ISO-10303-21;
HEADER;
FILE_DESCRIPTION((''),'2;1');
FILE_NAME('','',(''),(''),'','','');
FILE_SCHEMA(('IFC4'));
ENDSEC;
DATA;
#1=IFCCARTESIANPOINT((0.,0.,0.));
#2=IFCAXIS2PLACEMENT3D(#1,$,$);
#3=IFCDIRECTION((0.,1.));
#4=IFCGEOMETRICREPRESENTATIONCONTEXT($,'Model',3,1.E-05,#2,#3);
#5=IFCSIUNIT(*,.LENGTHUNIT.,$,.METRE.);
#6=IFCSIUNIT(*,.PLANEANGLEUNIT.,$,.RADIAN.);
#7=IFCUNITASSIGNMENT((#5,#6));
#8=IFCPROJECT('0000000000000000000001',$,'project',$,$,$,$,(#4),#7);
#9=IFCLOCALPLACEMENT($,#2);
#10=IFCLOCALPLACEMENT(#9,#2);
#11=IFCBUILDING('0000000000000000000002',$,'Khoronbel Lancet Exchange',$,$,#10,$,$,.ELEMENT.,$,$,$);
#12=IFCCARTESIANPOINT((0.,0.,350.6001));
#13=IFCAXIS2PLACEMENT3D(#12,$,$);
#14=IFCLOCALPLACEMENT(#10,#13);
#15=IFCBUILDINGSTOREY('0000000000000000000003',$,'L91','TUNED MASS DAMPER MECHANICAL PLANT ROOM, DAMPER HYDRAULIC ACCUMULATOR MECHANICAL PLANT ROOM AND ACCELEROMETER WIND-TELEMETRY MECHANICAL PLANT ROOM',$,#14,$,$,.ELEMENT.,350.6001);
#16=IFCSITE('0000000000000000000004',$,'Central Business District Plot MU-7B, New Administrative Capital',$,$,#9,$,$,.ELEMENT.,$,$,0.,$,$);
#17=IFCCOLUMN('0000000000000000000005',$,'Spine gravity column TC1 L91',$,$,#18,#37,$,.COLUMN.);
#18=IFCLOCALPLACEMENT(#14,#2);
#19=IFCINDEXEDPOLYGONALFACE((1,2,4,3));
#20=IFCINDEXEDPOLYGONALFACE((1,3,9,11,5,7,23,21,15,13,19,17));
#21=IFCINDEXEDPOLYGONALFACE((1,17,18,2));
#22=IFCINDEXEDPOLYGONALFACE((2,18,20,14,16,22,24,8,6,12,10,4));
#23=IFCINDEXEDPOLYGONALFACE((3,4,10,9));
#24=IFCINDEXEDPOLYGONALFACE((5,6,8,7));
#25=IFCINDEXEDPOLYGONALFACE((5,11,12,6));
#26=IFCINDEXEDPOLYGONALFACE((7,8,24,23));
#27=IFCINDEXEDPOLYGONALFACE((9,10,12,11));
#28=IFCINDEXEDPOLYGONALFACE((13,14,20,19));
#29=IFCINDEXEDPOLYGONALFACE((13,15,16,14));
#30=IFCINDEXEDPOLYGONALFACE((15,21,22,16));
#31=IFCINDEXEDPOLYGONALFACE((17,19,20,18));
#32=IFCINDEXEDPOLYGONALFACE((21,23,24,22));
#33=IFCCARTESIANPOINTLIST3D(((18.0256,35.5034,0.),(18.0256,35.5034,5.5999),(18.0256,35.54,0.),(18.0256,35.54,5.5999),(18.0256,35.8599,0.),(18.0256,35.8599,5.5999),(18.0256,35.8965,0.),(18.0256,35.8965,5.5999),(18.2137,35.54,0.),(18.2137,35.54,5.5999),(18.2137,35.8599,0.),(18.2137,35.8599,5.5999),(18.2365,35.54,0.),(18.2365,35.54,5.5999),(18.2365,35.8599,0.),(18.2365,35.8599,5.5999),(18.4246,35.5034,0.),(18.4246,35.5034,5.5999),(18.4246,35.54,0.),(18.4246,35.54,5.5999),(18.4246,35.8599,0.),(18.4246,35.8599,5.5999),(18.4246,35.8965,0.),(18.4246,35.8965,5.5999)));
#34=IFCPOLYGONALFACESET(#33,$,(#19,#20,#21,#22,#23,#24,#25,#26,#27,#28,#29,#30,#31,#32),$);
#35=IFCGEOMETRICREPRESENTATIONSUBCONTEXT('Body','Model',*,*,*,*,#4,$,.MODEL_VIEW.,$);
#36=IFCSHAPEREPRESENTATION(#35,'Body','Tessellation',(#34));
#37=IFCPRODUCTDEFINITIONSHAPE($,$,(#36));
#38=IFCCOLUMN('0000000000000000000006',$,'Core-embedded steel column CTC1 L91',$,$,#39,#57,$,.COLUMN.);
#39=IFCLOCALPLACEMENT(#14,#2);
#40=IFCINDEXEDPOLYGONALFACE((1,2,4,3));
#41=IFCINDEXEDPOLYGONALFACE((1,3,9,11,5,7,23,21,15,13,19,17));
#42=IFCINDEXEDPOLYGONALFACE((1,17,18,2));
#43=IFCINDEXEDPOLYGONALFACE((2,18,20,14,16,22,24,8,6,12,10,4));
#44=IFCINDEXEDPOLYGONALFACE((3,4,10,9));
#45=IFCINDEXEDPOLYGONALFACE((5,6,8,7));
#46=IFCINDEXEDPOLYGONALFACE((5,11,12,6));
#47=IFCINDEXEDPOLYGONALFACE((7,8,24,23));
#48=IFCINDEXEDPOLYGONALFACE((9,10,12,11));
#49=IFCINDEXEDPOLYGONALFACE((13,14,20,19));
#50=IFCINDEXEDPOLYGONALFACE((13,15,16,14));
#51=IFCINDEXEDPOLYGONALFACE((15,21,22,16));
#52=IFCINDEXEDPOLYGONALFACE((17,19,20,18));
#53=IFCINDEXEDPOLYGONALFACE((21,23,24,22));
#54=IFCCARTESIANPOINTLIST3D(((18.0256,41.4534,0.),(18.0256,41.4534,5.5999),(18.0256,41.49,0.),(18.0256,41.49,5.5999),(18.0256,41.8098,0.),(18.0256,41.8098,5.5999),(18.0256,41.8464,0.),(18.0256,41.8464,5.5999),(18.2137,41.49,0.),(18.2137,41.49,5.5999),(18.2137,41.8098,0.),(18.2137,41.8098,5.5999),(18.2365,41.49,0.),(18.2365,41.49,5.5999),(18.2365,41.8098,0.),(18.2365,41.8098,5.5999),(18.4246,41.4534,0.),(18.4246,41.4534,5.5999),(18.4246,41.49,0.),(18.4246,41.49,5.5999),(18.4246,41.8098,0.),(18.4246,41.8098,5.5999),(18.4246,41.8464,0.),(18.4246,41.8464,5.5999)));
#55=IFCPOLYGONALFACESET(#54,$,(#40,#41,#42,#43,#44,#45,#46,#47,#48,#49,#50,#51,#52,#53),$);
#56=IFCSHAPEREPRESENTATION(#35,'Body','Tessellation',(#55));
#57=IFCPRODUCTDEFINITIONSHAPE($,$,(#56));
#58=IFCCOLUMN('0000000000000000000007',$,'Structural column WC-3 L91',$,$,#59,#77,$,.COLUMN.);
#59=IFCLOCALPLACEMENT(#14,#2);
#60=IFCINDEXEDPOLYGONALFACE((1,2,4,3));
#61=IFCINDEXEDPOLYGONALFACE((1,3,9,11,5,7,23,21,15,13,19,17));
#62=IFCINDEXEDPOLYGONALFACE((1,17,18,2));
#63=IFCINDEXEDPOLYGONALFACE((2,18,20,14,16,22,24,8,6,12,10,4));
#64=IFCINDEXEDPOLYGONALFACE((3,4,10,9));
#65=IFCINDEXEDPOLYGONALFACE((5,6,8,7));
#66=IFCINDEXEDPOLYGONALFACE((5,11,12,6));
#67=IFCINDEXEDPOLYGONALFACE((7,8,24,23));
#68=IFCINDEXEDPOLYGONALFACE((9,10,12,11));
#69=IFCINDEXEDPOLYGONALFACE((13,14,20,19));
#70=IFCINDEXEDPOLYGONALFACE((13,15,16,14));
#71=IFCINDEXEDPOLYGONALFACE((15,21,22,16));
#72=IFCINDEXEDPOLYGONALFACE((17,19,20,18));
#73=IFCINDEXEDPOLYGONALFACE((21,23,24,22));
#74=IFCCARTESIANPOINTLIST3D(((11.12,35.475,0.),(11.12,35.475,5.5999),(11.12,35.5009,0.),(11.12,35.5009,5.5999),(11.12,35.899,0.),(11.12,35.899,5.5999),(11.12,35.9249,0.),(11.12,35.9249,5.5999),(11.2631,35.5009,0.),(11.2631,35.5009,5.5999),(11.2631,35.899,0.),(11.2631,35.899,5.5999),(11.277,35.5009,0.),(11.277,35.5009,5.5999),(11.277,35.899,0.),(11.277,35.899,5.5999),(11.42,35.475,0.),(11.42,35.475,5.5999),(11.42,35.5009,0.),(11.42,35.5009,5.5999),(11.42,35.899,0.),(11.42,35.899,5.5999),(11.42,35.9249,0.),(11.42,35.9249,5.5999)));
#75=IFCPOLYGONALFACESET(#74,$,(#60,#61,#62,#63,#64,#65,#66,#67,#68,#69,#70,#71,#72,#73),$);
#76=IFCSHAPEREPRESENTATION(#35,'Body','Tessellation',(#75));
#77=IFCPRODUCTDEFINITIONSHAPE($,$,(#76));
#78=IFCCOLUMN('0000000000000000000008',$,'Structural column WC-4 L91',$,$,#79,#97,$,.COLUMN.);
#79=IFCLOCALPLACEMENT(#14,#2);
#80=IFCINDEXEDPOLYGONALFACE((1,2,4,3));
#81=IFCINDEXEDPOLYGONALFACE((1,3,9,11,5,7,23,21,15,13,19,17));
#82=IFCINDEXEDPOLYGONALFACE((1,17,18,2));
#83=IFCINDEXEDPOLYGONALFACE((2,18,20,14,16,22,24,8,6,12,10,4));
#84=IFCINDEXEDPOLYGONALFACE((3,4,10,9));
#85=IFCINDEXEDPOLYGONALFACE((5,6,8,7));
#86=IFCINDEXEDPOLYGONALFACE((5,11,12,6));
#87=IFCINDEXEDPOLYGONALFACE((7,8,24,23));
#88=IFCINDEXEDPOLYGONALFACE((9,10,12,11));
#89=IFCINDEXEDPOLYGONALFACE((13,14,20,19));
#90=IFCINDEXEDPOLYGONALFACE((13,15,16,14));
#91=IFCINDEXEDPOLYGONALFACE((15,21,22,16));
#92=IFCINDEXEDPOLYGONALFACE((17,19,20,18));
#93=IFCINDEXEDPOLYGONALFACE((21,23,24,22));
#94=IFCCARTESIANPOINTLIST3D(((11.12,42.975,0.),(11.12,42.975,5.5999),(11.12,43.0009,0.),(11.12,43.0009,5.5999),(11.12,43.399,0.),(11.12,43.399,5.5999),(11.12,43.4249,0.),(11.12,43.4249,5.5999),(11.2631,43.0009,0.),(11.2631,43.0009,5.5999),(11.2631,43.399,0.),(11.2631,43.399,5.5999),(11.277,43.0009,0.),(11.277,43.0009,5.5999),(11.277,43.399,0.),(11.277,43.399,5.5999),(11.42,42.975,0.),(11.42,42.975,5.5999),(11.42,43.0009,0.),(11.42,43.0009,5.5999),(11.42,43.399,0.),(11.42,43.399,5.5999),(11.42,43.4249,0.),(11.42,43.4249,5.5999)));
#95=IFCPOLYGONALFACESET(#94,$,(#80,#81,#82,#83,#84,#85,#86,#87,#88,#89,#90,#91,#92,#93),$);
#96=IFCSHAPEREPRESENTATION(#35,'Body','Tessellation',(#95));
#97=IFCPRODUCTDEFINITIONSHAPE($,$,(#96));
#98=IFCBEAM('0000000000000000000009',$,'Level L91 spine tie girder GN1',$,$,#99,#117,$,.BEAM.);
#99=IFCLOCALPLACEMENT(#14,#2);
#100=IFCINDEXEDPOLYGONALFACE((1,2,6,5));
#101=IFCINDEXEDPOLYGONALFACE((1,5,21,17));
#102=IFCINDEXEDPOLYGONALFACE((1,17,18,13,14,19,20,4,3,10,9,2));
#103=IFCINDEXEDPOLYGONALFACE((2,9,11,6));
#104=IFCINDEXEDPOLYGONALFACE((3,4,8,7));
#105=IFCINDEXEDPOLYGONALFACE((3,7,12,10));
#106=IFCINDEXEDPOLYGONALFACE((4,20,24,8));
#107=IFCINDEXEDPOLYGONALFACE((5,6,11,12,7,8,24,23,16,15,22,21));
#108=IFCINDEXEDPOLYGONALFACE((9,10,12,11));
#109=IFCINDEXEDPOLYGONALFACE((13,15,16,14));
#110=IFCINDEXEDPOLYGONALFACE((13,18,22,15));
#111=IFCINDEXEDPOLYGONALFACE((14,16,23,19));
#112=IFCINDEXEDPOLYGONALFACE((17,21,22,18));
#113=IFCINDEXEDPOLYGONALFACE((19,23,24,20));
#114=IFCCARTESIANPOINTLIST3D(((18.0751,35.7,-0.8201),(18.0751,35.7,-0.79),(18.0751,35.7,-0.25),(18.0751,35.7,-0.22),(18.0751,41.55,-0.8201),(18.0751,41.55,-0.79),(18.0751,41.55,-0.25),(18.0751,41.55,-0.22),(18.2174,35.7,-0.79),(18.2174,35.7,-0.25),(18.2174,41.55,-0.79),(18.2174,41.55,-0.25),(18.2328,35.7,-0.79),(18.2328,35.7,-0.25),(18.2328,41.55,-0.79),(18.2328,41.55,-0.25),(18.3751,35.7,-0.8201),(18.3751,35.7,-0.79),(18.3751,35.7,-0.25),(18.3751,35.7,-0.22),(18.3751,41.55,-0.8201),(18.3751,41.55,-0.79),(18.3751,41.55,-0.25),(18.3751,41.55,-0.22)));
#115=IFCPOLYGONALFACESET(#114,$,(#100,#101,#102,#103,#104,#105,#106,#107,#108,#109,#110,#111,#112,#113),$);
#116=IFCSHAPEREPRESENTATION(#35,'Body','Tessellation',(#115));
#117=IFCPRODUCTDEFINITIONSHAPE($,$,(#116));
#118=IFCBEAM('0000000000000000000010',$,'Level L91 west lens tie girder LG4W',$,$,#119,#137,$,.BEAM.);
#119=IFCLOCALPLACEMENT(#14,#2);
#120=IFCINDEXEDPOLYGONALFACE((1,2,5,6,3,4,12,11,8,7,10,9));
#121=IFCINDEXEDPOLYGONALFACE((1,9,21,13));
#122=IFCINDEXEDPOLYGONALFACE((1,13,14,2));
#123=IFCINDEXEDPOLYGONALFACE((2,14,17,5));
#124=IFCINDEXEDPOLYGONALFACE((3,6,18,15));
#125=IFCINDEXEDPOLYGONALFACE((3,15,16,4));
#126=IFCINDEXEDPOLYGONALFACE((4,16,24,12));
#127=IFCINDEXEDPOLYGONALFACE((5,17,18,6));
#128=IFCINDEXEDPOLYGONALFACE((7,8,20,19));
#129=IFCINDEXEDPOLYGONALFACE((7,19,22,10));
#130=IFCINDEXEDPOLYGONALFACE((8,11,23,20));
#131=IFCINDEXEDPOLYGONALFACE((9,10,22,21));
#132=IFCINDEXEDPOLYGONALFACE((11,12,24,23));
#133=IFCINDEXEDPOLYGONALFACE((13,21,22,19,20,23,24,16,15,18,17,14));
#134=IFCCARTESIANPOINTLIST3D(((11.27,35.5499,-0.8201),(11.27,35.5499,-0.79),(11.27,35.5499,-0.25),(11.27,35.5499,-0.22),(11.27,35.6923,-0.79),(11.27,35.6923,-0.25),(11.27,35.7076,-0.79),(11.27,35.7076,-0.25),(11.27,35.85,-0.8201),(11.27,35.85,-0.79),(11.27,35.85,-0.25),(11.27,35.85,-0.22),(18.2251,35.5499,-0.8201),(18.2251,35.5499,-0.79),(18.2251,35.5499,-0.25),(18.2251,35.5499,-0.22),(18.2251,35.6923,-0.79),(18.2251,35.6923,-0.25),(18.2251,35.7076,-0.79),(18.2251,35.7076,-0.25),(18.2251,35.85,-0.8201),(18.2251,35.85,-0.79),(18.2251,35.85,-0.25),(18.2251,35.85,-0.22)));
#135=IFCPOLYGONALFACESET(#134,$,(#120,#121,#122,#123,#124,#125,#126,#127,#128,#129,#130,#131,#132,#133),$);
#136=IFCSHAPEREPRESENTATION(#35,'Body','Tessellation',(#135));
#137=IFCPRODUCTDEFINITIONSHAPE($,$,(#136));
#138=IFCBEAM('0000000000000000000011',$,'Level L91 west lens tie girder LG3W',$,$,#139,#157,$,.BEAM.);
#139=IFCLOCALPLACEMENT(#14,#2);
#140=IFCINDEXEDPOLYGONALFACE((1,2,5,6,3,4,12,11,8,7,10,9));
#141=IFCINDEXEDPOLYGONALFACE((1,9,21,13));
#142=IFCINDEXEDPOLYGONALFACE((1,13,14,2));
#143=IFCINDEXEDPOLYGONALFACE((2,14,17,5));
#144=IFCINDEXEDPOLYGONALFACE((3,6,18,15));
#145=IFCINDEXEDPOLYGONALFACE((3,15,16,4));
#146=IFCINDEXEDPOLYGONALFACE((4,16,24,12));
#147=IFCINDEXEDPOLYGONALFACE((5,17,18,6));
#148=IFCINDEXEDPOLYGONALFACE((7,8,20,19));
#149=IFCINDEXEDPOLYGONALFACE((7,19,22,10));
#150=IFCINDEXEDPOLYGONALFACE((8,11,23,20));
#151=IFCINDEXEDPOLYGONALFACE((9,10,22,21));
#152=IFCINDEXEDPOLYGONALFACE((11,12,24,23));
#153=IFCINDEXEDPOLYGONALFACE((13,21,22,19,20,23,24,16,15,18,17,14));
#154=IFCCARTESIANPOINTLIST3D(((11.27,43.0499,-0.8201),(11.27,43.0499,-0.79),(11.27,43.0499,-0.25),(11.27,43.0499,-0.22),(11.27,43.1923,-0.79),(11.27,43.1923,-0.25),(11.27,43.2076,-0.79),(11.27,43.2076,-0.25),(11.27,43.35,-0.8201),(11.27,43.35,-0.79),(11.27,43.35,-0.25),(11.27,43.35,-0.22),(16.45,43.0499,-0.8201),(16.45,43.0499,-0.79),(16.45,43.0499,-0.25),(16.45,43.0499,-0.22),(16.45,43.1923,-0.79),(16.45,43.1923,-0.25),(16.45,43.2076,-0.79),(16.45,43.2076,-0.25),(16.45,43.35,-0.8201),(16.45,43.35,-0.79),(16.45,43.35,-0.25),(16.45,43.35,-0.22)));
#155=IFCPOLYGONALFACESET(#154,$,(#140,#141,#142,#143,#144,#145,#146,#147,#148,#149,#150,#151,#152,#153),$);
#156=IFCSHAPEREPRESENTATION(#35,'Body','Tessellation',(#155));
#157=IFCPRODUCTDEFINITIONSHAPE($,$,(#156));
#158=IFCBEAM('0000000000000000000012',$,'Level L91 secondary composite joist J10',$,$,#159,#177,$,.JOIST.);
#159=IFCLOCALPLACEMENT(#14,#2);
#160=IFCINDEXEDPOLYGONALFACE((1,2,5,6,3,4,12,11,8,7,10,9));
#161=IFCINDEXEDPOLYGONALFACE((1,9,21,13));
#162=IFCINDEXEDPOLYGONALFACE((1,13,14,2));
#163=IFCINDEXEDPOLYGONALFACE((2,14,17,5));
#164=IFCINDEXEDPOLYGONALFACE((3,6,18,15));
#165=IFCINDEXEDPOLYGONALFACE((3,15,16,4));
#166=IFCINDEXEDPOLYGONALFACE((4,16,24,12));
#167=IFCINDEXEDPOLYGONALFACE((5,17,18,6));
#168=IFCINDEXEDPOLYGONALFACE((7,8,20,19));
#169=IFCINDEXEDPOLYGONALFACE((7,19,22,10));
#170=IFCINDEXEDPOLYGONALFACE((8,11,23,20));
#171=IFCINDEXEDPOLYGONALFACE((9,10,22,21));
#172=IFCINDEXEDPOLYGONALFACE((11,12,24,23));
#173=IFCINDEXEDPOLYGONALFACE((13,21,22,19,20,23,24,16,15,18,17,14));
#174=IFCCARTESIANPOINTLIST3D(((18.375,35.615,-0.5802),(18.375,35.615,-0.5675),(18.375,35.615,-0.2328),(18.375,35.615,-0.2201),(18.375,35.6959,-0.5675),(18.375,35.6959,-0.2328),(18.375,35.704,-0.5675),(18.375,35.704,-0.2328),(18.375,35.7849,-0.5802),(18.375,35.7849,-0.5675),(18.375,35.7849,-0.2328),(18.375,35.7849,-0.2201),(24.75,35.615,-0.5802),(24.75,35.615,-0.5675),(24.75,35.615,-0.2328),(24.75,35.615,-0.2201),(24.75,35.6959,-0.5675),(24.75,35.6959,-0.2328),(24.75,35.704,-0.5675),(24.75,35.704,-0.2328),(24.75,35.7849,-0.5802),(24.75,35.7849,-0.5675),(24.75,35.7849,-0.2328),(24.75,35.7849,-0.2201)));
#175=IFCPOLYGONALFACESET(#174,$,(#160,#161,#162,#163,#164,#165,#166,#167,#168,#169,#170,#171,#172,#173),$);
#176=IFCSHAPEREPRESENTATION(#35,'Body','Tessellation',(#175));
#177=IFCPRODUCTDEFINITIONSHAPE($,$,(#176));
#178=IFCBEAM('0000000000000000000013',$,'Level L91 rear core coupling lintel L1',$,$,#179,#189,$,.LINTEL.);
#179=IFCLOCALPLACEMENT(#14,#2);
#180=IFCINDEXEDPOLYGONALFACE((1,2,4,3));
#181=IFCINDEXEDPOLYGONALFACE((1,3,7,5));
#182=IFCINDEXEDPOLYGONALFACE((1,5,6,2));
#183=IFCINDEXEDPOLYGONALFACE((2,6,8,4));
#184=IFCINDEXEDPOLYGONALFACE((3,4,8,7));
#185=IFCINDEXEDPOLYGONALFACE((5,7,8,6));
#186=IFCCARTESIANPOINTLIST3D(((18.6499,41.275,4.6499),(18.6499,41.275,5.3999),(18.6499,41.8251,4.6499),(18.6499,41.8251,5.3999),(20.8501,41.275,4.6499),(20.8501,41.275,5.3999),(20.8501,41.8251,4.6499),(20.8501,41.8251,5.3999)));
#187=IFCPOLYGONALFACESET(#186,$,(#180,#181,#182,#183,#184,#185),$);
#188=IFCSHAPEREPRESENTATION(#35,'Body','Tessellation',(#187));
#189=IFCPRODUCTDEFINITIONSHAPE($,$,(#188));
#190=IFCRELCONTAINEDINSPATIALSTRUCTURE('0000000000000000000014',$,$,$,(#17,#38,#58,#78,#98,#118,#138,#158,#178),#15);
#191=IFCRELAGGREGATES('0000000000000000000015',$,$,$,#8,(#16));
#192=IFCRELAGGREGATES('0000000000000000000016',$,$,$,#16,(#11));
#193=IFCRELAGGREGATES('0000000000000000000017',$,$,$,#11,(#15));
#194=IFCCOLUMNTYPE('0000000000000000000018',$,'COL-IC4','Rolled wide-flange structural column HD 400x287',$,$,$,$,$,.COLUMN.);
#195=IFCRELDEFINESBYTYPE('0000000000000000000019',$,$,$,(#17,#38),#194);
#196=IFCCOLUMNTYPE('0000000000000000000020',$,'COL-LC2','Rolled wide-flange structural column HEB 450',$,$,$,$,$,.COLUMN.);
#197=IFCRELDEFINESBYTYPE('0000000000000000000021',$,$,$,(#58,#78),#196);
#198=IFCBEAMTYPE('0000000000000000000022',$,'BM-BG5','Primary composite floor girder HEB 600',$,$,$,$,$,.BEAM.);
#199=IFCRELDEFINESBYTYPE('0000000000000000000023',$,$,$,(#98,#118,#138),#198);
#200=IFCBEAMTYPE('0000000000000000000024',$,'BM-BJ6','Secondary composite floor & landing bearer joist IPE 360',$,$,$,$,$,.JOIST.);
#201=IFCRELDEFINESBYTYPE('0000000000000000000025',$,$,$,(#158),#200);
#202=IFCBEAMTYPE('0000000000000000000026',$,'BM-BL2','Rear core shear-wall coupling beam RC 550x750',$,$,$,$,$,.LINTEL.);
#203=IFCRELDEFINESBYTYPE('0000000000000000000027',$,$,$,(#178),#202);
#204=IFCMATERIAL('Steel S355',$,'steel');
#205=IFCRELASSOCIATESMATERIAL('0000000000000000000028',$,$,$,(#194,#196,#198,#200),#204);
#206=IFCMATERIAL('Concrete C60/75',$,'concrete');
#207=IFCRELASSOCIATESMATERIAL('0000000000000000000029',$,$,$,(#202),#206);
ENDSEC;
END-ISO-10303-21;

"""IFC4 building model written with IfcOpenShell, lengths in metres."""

from ifc_helpers import new_model, si_unit, direction, frame, origin, origin_2d, place, context, subcontext, project, spatial, rectangle, i_section, extrude, material, material_profile, profile_set, type_object, element, save


model = new_model("IFC4")

# Units and contexts
model_context = context("Model", 3, precision=1e-05, world=origin(), true_north=direction((0.0, 1.0)))
body_context = subcontext(model_context, "Body", "Model", "MODEL_VIEW")
ifc_project = project(units=[si_unit("LENGTHUNIT", "METRE"), si_unit("PLANEANGLEUNIT", "RADIAN")], contexts=[model_context])

# Site, building, storey
site_placement = place(None, origin())
site = spatial("IfcSite", under=ifc_project, at=site_placement, Name="Central Business District Plot MU-7B, New Administrative Capital", CompositionType="ELEMENT", RefElevation=0.0)
building_placement = place(site_placement, origin())
building = spatial("IfcBuilding", under=site, at=building_placement, Name="Khoronbel Lancet Exchange", CompositionType="ELEMENT")
storey_placement = place(building_placement, frame((0.0, 0.0, 350.6001)))
storey = spatial("IfcBuildingStorey", under=building, at=storey_placement, Name="L91", Description="TUNED MASS DAMPER MECHANICAL PLANT ROOM, DAMPER HYDRAULIC ACCUMULATOR MECHANICAL PLANT ROOM AND ACCELEROMETER WIND-TELEMETRY MECHANICAL PLANT ROOM", CompositionType="ELEMENT", Elevation=350.6001)

# Columns
ifc_material_1 = material(Name="Steel S355", Category="steel")
ifc_material_profile_1 = material_profile(ifc_material_1, i_section(OverallWidth=0.3989, OverallDepth=0.3931, WebThickness=0.0227, FlangeThickness=0.0366, at=origin_2d()), Name="HD 400x287")
ifc_profile_set_1 = profile_set([ifc_material_profile_1], Name="Steel S355")
column_type_1 = type_object("IfcColumnType", Name="COL-IC4", Description="Rolled wide-flange structural column HD 400x287", PredefinedType="COLUMN", material=ifc_profile_set_1)
for number, where, z_axis, x_axis, name in (
    (1, (18.2251, 35.7, 0.0), (0.0, 0.0, 1.0), (1.0, 0.0, 0.0), "Spine gravity column TC1 L91"),
    (2, (18.2251, 41.6499, 0.0), (0.0, 0.0, 1.0), (1.0, 0.0, 0.0), "Core-embedded steel column CTC1 L91"),
):
    element("IfcColumn", number, at=place(storey_placement, frame(where, z_axis=z_axis, x_axis=x_axis)), inside=storey, type_object=column_type_1, Name=name, PredefinedType="COLUMN", context=body_context, shape_type="SweptSolid", body=[
        extrude(i_section(OverallWidth=0.3989, OverallDepth=0.3931, WebThickness=0.0227, FlangeThickness=0.0366, at=origin_2d()), origin(), (0.0, 0.0, 1.0), 5.5999),
    ])
ifc_material_profile_2 = material_profile(ifc_material_1, i_section(OverallWidth=0.3, OverallDepth=0.45, WebThickness=0.0139, FlangeThickness=0.0259, at=origin_2d()), Name="HEB 450")
ifc_profile_set_2 = profile_set([ifc_material_profile_2], Name="Steel S355")
column_type_2 = type_object("IfcColumnType", Name="COL-LC2", Description="Rolled wide-flange structural column HEB 450", PredefinedType="COLUMN", material=ifc_profile_set_2)
for number, where, z_axis, x_axis, name in (
    (3, (11.27, 35.7, 0.0), (0.0, 0.0, 1.0), (1.0, 0.0, 0.0), "Structural column WC-3 L91"),
    (4, (11.27, 43.2, 0.0), (0.0, 0.0, 1.0), (1.0, 0.0, 0.0), "Structural column WC-4 L91"),
):
    element("IfcColumn", number, at=place(storey_placement, frame(where, z_axis=z_axis, x_axis=x_axis)), inside=storey, type_object=column_type_2, Name=name, PredefinedType="COLUMN", context=body_context, shape_type="SweptSolid", body=[
        extrude(i_section(OverallWidth=0.3, OverallDepth=0.45, WebThickness=0.0139, FlangeThickness=0.0259, at=origin_2d()), origin(), (0.0, 0.0, 1.0), 5.5999),
    ])

# Beams
ifc_material_profile_3 = material_profile(ifc_material_1, i_section(OverallWidth=0.3, OverallDepth=0.6001, WebThickness=0.0154, FlangeThickness=0.03, at=origin_2d()), Name="HEB 600")
ifc_profile_set_3 = profile_set([ifc_material_profile_3], Name="Steel S355")
beam_type_1 = type_object("IfcBeamType", Name="BM-BG5", Description="Primary composite floor girder HEB 600", PredefinedType="BEAM", material=ifc_profile_set_3)
beam_1_placement = place(storey_placement, frame((18.2251, 35.7, -0.52), z_axis=(0.0, 1.0, 0.0), x_axis=(-1.0, 0.0, 0.0)))
element("IfcBeam", 5, at=beam_1_placement, inside=storey, type_object=beam_type_1, Name="Level L91 spine tie girder GN1", PredefinedType="BEAM", context=body_context, shape_type="SweptSolid", body=[
    extrude(i_section(OverallWidth=0.3, OverallDepth=0.6001, WebThickness=0.0154, FlangeThickness=0.03, at=origin_2d()), origin(), (0.0, 0.0, 1.0), 5.8501),
])
beam_2_placement = place(storey_placement, frame((11.27, 35.7, -0.52), z_axis=(1.0, 0.0, 0.0), x_axis=(0.0, 1.0, 0.0)))
element("IfcBeam", 6, at=beam_2_placement, inside=storey, type_object=beam_type_1, Name="Level L91 west lens tie girder LG4W", PredefinedType="BEAM", context=body_context, shape_type="SweptSolid", body=[
    extrude(i_section(OverallWidth=0.3, OverallDepth=0.6001, WebThickness=0.0154, FlangeThickness=0.03, at=origin_2d()), origin(), (0.0, 0.0, 1.0), 6.9551),
])
beam_3_placement = place(storey_placement, frame((11.27, 43.2, -0.52), z_axis=(1.0, 0.0, 0.0), x_axis=(0.0, 1.0, 0.0)))
element("IfcBeam", 7, at=beam_3_placement, inside=storey, type_object=beam_type_1, Name="Level L91 west lens tie girder LG3W", PredefinedType="BEAM", context=body_context, shape_type="SweptSolid", body=[
    extrude(i_section(OverallWidth=0.3, OverallDepth=0.6001, WebThickness=0.0154, FlangeThickness=0.03, at=origin_2d()), origin(), (0.0, 0.0, 1.0), 5.1799),
])
ifc_material_profile_4 = material_profile(ifc_material_1, i_section(OverallWidth=0.1699, OverallDepth=0.3601, WebThickness=0.0081, FlangeThickness=0.0127, at=origin_2d()), Name="IPE 360")
ifc_profile_set_4 = profile_set([ifc_material_profile_4], Name="Steel S355")
beam_type_2 = type_object("IfcBeamType", Name="BM-BJ6", Description="Secondary composite floor & landing bearer joist IPE 360", PredefinedType="JOIST", material=ifc_profile_set_4)
beam_4_placement = place(storey_placement, frame((18.375, 35.7, -0.4001), z_axis=(1.0, 0.0, 0.0), x_axis=(0.0, 1.0, 0.0)))
element("IfcBeam", 8, at=beam_4_placement, inside=storey, type_object=beam_type_2, Name="Level L91 secondary composite joist J10", PredefinedType="JOIST", context=body_context, shape_type="SweptSolid", body=[
    extrude(i_section(OverallWidth=0.1699, OverallDepth=0.3601, WebThickness=0.0081, FlangeThickness=0.0127, at=origin_2d()), origin(), (0.0, 0.0, 1.0), 6.375),
])
ifc_material_2 = material(Name="Concrete C60/75", Category="concrete")
ifc_material_profile_5 = material_profile(ifc_material_2, rectangle(XDim=0.55, YDim=0.75, at=origin_2d()), Name="RC 550x750")
ifc_profile_set_5 = profile_set([ifc_material_profile_5], Name="Concrete C60/75")
beam_type_3 = type_object("IfcBeamType", Name="BM-BL2", Description="Rear core shear-wall coupling beam RC 550x750", PredefinedType="LINTEL", material=ifc_profile_set_5)
beam_5_placement = place(storey_placement, frame((18.6499, 41.55, 5.0249), z_axis=(1.0, 0.0, 0.0), x_axis=(0.0, 1.0, 0.0)))
element("IfcBeam", 9, at=beam_5_placement, inside=storey, type_object=beam_type_3, Name="Level L91 rear core coupling lintel L1", PredefinedType="LINTEL", context=body_context, shape_type="SweptSolid", body=[
    extrude(rectangle(XDim=0.55, YDim=0.75, at=origin_2d()), origin(), (0.0, 0.0, 1.0), 2.2002),
])

save(model, "model.ifc")
